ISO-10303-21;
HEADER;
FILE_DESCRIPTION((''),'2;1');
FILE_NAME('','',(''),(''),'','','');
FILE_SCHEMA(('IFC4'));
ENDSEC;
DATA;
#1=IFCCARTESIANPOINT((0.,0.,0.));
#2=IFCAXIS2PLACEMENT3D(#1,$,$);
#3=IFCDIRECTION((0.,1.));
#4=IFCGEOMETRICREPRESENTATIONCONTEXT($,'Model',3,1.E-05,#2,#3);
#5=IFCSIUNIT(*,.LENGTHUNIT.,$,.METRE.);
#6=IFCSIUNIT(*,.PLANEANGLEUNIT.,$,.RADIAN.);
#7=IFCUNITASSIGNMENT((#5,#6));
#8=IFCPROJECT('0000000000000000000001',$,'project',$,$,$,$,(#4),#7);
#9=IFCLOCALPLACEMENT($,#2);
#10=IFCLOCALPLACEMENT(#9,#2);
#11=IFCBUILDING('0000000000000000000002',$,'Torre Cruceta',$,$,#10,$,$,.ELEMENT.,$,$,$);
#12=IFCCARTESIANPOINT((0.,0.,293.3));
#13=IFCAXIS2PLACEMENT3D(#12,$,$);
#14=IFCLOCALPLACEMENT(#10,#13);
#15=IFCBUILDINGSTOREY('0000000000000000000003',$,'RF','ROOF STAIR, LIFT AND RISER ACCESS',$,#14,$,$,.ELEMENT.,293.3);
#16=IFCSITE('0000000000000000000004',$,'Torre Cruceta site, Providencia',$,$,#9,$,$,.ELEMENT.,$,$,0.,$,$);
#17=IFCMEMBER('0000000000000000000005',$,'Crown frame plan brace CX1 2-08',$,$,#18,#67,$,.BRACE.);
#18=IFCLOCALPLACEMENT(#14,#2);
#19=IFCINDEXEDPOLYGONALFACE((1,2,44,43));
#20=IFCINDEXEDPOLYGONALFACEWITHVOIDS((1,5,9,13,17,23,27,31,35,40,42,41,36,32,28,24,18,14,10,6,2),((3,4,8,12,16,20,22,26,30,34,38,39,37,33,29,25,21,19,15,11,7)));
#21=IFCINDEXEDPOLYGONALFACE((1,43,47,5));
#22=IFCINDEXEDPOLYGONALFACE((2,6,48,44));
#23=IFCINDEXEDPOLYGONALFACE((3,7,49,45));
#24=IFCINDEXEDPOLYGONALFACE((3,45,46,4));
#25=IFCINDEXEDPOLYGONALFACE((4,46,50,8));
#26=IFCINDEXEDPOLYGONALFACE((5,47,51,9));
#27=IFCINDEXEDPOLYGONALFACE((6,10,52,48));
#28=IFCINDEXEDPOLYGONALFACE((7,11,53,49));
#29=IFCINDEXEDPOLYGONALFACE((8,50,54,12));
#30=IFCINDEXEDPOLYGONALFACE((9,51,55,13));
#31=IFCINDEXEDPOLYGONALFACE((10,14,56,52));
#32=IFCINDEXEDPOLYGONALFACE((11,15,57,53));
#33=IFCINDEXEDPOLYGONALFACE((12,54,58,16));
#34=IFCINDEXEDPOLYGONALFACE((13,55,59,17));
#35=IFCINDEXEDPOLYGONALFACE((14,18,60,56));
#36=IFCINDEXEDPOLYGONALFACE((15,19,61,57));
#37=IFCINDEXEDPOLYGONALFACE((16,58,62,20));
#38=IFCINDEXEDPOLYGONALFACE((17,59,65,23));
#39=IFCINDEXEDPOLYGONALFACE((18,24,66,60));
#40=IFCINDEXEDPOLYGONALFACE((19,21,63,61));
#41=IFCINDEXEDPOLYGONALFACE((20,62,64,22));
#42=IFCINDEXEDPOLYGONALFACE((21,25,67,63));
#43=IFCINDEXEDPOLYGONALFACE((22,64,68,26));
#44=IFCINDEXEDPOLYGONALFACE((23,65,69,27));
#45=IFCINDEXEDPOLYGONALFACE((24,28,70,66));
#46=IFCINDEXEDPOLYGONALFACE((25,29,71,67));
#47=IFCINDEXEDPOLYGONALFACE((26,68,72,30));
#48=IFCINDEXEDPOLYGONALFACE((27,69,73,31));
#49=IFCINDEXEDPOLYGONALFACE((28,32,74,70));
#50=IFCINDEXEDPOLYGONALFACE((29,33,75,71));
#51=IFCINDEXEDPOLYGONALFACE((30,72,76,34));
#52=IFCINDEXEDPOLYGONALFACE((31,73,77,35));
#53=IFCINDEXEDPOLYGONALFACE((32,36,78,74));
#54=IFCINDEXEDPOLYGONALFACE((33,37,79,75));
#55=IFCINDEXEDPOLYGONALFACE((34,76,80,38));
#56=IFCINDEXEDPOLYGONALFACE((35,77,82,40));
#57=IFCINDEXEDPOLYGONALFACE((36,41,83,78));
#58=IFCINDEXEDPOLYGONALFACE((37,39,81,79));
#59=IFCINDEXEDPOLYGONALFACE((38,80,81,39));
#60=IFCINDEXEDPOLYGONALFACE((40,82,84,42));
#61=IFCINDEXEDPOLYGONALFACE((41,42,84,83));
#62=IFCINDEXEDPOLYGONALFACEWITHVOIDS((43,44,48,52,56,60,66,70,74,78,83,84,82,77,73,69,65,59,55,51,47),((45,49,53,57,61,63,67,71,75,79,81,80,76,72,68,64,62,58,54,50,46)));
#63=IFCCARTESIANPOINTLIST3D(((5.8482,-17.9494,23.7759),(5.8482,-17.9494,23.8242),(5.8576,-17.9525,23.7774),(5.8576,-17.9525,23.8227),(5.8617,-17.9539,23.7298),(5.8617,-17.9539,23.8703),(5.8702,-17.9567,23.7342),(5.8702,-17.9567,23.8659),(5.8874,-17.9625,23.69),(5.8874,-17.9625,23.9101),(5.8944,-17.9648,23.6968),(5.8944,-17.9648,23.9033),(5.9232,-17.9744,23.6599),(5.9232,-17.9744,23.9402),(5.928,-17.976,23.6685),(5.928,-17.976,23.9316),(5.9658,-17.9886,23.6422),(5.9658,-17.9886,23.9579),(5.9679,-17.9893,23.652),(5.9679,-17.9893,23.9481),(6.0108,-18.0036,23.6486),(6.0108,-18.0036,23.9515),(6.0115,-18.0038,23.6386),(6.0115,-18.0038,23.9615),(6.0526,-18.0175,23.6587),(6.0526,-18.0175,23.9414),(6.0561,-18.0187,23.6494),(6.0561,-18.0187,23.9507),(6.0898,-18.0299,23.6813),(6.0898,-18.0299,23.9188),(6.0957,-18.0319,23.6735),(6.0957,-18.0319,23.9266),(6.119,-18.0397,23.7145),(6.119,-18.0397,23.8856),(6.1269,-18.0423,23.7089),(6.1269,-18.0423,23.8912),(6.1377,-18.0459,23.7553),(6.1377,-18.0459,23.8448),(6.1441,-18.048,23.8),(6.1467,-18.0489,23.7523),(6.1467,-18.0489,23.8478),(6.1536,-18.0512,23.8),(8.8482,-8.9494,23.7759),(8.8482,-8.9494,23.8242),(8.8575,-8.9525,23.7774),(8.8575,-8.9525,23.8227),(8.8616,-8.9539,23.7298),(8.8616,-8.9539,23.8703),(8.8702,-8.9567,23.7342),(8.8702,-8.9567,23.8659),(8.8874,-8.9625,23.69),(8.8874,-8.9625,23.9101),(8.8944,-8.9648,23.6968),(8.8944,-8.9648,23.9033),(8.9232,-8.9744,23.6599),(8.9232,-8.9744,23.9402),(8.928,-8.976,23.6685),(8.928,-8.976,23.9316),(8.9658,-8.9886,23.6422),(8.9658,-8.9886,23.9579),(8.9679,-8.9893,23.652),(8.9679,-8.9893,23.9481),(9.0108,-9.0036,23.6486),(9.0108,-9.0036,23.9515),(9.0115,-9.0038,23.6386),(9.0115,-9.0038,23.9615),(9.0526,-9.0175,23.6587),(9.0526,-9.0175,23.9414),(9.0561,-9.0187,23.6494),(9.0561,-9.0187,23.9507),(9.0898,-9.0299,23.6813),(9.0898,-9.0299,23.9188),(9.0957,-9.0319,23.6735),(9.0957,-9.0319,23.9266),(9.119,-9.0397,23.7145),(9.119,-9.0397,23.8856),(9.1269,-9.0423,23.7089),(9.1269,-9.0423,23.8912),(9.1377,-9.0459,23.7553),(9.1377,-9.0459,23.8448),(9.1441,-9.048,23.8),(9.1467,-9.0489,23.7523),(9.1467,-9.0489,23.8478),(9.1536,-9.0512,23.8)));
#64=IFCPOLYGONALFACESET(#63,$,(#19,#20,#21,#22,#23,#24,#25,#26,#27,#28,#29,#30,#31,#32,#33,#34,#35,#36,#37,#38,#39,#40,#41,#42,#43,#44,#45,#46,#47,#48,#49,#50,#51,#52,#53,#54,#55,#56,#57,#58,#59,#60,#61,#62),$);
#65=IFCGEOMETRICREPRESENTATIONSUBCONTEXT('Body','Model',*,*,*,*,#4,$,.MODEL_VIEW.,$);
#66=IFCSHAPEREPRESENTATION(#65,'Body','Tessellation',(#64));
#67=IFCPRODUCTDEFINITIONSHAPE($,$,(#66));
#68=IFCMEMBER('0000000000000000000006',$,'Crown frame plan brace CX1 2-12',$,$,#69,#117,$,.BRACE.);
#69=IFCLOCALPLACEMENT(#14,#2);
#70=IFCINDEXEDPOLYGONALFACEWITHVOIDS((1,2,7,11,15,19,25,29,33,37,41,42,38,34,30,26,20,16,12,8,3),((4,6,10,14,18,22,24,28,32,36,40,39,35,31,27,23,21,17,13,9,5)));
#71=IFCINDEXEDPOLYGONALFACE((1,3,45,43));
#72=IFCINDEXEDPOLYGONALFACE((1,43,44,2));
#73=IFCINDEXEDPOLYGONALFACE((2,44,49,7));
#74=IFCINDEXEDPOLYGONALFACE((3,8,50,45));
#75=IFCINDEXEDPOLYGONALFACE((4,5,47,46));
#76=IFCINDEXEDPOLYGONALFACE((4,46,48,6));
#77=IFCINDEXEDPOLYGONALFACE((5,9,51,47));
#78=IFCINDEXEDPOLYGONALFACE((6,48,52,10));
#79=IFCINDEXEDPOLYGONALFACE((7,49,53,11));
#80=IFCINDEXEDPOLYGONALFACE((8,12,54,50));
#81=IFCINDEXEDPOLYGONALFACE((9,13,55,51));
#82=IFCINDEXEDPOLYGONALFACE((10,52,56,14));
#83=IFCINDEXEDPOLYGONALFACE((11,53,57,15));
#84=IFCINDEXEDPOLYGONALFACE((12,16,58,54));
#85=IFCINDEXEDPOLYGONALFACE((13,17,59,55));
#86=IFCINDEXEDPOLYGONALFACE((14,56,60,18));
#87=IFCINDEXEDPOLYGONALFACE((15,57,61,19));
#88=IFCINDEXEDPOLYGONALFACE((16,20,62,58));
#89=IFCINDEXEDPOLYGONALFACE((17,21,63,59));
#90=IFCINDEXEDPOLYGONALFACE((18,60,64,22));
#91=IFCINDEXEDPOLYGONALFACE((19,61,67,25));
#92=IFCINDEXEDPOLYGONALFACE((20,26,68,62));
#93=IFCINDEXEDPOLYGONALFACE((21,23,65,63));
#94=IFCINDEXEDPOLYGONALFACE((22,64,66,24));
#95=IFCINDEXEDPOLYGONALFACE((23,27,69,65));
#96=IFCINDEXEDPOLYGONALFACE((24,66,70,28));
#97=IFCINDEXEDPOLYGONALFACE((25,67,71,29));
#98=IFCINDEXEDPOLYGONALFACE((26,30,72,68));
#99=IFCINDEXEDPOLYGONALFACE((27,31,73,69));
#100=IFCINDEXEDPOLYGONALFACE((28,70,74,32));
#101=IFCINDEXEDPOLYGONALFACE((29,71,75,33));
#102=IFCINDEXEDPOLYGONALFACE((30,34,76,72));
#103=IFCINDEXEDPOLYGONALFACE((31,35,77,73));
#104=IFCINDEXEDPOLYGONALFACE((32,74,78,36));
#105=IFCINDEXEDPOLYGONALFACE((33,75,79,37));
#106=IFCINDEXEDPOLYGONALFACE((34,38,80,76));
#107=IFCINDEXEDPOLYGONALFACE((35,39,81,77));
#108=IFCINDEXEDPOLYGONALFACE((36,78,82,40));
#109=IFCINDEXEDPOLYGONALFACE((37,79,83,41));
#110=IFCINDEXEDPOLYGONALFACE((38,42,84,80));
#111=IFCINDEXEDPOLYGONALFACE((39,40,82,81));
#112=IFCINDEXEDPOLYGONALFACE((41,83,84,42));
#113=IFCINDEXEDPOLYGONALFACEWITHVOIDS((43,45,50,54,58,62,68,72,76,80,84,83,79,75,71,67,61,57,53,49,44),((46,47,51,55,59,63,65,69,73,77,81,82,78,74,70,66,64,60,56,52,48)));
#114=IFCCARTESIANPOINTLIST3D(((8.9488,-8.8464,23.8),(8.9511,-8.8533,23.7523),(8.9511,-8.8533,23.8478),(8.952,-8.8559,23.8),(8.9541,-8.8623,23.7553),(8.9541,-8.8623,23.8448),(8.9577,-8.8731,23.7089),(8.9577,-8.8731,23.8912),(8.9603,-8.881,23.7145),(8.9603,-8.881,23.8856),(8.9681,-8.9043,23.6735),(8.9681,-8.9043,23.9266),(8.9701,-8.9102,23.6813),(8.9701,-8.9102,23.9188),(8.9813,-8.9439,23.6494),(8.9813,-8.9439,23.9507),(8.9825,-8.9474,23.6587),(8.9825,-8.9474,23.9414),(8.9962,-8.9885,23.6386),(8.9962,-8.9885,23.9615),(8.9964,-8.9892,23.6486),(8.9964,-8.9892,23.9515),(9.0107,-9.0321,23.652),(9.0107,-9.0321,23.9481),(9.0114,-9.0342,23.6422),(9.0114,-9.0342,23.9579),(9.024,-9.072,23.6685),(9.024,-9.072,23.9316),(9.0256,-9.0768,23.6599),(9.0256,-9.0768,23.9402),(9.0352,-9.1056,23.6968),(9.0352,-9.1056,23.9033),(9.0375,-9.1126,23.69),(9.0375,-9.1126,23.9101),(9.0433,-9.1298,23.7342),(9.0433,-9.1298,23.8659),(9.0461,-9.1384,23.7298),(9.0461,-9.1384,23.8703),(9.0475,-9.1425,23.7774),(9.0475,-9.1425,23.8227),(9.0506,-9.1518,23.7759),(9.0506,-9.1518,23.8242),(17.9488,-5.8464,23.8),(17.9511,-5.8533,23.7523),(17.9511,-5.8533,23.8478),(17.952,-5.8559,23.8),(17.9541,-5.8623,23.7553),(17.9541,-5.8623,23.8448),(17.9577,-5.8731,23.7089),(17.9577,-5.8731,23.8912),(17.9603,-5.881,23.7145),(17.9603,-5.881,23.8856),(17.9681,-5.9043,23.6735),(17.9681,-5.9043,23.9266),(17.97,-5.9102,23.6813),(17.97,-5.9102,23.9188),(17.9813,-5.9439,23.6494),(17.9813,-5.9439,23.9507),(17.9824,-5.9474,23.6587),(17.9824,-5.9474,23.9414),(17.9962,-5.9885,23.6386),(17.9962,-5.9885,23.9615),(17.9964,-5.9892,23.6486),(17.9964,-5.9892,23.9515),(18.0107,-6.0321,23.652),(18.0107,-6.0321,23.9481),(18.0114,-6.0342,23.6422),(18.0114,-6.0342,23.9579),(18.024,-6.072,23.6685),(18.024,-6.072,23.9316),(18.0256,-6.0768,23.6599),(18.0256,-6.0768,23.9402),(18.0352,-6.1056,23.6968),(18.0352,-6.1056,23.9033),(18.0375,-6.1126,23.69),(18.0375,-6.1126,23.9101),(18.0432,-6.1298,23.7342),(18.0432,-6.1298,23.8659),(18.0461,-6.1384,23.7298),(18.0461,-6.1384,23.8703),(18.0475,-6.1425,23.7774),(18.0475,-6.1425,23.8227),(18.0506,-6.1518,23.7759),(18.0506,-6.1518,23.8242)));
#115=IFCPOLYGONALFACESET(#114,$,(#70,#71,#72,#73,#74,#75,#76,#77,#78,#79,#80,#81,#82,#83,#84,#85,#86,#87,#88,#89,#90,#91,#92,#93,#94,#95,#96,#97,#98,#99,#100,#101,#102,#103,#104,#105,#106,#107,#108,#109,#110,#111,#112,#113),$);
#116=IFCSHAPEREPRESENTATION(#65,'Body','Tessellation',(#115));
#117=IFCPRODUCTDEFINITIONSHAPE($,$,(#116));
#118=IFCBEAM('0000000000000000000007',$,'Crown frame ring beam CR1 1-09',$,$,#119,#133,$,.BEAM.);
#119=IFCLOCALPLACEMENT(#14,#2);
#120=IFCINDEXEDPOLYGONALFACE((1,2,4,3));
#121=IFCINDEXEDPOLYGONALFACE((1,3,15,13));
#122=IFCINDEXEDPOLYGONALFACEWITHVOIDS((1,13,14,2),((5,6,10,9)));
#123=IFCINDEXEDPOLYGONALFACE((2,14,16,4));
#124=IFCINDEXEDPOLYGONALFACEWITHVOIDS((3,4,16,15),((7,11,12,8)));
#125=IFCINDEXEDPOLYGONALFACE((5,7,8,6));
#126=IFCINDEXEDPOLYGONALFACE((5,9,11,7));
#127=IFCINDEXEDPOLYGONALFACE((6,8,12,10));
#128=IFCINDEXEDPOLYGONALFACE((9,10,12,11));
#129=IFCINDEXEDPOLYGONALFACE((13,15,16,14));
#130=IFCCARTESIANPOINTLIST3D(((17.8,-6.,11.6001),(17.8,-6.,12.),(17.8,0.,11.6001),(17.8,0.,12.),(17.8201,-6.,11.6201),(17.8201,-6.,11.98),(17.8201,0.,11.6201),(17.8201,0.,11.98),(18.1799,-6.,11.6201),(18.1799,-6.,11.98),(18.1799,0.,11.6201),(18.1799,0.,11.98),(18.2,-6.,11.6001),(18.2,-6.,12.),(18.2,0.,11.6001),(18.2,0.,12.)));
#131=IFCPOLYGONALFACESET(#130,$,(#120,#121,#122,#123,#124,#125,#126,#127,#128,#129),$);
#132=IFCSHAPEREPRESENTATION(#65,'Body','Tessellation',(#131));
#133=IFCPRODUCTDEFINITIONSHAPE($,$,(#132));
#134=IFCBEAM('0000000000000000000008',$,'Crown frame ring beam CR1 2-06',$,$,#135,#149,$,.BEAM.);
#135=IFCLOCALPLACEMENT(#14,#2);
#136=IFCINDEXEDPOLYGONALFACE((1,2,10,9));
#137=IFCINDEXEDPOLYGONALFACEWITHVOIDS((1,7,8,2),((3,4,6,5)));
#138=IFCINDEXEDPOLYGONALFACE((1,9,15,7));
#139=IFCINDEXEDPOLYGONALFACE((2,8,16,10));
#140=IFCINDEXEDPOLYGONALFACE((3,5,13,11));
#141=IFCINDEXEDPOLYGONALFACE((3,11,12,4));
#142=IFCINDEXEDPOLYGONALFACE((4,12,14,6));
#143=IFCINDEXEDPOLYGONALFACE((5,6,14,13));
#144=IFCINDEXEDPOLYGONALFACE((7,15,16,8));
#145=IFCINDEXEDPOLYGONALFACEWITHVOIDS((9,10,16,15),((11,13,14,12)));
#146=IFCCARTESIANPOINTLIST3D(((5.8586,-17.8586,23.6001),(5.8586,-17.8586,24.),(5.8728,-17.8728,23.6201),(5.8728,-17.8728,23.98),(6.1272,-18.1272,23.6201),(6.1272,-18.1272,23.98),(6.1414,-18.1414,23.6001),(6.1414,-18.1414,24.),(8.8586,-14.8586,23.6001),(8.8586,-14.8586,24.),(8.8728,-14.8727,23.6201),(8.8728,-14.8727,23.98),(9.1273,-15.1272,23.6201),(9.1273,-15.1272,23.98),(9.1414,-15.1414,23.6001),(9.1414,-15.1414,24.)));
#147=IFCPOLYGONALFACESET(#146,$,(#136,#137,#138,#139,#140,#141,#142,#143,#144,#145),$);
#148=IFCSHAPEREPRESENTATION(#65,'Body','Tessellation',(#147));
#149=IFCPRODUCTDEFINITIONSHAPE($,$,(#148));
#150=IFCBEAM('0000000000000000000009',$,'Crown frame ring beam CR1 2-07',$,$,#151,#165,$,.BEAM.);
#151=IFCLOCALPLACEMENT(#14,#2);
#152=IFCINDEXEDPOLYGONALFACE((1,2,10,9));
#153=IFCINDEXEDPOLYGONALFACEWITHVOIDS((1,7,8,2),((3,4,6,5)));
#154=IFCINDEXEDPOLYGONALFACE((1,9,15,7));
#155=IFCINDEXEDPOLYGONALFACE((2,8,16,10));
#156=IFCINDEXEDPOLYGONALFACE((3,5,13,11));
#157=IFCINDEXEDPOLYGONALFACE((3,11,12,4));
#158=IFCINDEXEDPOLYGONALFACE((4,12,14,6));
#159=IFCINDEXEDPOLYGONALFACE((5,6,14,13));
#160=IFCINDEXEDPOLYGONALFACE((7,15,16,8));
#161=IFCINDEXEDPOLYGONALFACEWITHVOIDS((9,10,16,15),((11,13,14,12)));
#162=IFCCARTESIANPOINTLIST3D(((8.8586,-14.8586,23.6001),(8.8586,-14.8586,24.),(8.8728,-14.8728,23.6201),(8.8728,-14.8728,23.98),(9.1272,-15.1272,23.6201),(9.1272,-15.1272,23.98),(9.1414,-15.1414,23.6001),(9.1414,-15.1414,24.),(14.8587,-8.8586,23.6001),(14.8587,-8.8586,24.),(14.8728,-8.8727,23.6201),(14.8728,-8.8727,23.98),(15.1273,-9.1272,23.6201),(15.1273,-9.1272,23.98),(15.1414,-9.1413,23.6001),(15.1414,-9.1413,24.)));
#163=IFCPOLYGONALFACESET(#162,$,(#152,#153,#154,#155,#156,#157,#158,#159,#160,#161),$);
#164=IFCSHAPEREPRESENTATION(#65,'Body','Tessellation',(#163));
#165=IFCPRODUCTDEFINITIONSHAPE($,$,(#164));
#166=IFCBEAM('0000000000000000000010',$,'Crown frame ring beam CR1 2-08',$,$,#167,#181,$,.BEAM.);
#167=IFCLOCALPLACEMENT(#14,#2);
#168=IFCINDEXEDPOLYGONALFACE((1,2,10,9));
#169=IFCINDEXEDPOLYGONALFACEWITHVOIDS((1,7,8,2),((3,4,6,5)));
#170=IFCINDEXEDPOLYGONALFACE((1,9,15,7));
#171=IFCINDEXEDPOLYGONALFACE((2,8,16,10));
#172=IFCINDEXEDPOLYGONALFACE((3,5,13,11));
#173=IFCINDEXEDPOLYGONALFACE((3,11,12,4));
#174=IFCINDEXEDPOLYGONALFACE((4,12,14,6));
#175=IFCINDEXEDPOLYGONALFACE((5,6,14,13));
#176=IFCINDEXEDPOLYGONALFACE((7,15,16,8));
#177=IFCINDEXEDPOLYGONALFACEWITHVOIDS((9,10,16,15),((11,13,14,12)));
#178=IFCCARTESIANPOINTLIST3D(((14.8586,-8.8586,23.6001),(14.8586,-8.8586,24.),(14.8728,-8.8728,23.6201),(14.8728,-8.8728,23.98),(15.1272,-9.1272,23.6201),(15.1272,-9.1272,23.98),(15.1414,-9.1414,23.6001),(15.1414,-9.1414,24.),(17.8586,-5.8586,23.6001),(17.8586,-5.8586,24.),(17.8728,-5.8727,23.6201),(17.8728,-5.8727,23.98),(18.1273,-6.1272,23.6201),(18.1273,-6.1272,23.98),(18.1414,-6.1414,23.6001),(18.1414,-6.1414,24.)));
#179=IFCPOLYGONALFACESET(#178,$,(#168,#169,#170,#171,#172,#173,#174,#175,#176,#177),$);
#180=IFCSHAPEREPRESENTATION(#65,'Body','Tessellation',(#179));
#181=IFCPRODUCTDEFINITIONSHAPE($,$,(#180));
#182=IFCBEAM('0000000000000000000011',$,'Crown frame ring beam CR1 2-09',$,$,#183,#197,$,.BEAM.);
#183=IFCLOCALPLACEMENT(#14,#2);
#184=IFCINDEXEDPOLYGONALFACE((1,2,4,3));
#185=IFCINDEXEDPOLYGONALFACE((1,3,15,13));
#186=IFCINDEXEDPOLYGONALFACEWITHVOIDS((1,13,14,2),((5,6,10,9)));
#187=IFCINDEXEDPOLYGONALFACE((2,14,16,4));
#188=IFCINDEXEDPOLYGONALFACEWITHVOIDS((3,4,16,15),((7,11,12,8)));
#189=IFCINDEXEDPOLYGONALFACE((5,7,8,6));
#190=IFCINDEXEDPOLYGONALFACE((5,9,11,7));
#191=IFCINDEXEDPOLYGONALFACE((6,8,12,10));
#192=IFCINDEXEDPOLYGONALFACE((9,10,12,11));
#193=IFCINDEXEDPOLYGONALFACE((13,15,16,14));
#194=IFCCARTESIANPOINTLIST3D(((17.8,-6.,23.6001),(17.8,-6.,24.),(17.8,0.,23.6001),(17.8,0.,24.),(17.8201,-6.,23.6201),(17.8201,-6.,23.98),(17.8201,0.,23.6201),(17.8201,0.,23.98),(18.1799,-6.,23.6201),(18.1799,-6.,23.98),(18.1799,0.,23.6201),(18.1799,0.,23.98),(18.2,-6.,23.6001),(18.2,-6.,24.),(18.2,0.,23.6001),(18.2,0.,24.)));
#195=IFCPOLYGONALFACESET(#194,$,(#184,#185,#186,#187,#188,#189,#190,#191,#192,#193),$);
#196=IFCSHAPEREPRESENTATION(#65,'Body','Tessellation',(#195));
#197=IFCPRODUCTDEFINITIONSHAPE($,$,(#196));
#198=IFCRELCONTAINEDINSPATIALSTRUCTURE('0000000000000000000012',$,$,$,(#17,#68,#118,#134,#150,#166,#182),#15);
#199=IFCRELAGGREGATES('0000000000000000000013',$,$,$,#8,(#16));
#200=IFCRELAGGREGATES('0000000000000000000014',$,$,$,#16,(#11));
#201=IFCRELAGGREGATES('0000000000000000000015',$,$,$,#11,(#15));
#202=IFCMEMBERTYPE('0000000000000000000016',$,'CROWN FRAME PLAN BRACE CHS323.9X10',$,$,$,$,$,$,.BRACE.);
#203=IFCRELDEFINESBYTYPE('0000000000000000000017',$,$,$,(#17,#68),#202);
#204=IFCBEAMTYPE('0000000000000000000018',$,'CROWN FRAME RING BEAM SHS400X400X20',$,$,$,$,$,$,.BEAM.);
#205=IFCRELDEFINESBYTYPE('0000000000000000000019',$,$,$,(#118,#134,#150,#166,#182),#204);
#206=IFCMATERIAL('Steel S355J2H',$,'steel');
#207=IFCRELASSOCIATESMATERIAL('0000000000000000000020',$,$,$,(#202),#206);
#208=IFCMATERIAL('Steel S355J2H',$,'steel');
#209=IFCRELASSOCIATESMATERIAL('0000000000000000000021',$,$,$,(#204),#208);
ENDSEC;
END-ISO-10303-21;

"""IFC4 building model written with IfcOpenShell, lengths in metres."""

from ifc_helpers import new_model, si_unit, direction, frame, origin, origin_2d, place, context, subcontext, project, spatial, hollow_rectangle, hollow_circle, extrude, material, material_profile, profile_set, type_object, element, save


model = new_model("IFC4")

# Units and contexts
model_context = context("Model", 3, precision=1e-05, world=origin(), true_north=direction((0.0, 1.0)))
body_context = subcontext(model_context, "Body", "Model", "MODEL_VIEW")
ifc_project = project(units=[si_unit("LENGTHUNIT", "METRE"), si_unit("PLANEANGLEUNIT", "RADIAN")], contexts=[model_context])

# Site, building, storey
site_placement = place(None, origin())
site = spatial("IfcSite", under=ifc_project, at=site_placement, Name="Torre Cruceta site, Providencia", CompositionType="ELEMENT", RefElevation=0.0)
building_placement = place(site_placement, origin())
building = spatial("IfcBuilding", under=site, at=building_placement, Name="Torre Cruceta", CompositionType="ELEMENT")
storey_placement = place(building_placement, frame((0.0, 0.0, 293.3)))
storey = spatial("IfcBuildingStorey", under=building, at=storey_placement, Name="RF", Description="ROOF STAIR, LIFT AND RISER ACCESS", CompositionType="ELEMENT", Elevation=293.3)

# Members
ifc_material_1 = material(Name="Steel S355J2H", Category="steel")
ifc_material_profile_1 = material_profile(ifc_material_1, hollow_circle(Radius=0.1619, WallThickness=0.01, at=origin_2d()), Name="CHS323.9X10")
ifc_profile_set_1 = profile_set([ifc_material_profile_1], Name="Steel S355J2H")
member_type_1 = type_object("IfcMemberType", Name="CROWN FRAME PLAN BRACE CHS323.9X10", PredefinedType="BRACE", material=ifc_profile_set_1)
for number, where, z_axis, x_axis, name in (
    (1, (9.0, -9.0, 23.8), (-0.316228, -0.948683, 0.0), (0.948683, -0.316228, 0.0), "Crown frame plan brace CX1 2-08"),
    (2, (9.0, -9.0, 23.8), (0.948683, 0.316228, 0.0), (-0.316228, 0.948683, 0.0), "Crown frame plan brace CX1 2-12"),
):
    element("IfcMember", number, at=place(storey_placement, frame(where, z_axis=z_axis, x_axis=x_axis)), inside=storey, type_object=member_type_1, Name=name, PredefinedType="BRACE", context=body_context, shape_type="SweptSolid", body=[
        extrude(hollow_circle(Radius=0.1619, WallThickness=0.01, at=origin_2d()), origin(), (0.0, 0.0, 1.0), 9.4868),
    ])

# Beams
ifc_material_2 = material(Name="Steel S355J2H", Category="steel")
ifc_material_profile_2 = material_profile(ifc_material_2, hollow_rectangle(XDim=0.3999, YDim=0.3999, WallThickness=0.02, at=origin_2d()), Name="SHS400X400X20")
ifc_profile_set_2 = profile_set([ifc_material_profile_2], Name="Steel S355J2H")
beam_type_1 = type_object("IfcBeamType", Name="CROWN FRAME RING BEAM SHS400X400X20", PredefinedType="BEAM", material=ifc_profile_set_2)
beam_1_placement = place(storey_placement, frame((18.0, -6.0, 11.8), z_axis=(0.0, 1.0, 0.0), x_axis=(-1.0, 0.0, 0.0)))
element("IfcBeam", 3, at=beam_1_placement, inside=storey, type_object=beam_type_1, Name="Crown frame ring beam CR1 1-09", PredefinedType="BEAM", context=body_context, shape_type="SweptSolid", body=[
    extrude(hollow_rectangle(XDim=0.3999, YDim=0.3999, WallThickness=0.02, at=origin_2d()), origin(), (0.0, 0.0, 1.0), 6.0),
])
beam_2_placement = place(storey_placement, frame((6.0, -18.0, 23.8), z_axis=(0.707107, 0.707107, 0.0), x_axis=(-0.707107, 0.707107, 0.0)))
element("IfcBeam", 4, at=beam_2_placement, inside=storey, type_object=beam_type_1, Name="Crown frame ring beam CR1 2-06", PredefinedType="BEAM", context=body_context, shape_type="SweptSolid", body=[
    extrude(hollow_rectangle(XDim=0.3999, YDim=0.3999, WallThickness=0.02, at=origin_2d()), origin(), (0.0, 0.0, 1.0), 4.2427),
])
beam_3_placement = place(storey_placement, frame((9.0, -15.0, 23.8), z_axis=(0.707107, 0.707107, 0.0), x_axis=(-0.707107, 0.707107, 0.0)))
element("IfcBeam", 5, at=beam_3_placement, inside=storey, type_object=beam_type_1, Name="Crown frame ring beam CR1 2-07", PredefinedType="BEAM", context=body_context, shape_type="SweptSolid", body=[
    extrude(hollow_rectangle(XDim=0.3999, YDim=0.3999, WallThickness=0.02, at=origin_2d()), origin(), (0.0, 0.0, 1.0), 8.4854),
])
beam_4_placement = place(storey_placement, frame((15.0, -9.0, 23.8), z_axis=(0.707107, 0.707107, 0.0), x_axis=(-0.707107, 0.707107, 0.0)))
element("IfcBeam", 6, at=beam_4_placement, inside=storey, type_object=beam_type_1, Name="Crown frame ring beam CR1 2-08", PredefinedType="BEAM", context=body_context, shape_type="SweptSolid", body=[
    extrude(hollow_rectangle(XDim=0.3999, YDim=0.3999, WallThickness=0.02, at=origin_2d()), origin(), (0.0, 0.0, 1.0), 4.2427),
])
beam_5_placement = place(storey_placement, frame((18.0, -6.0, 23.8), z_axis=(0.0, 1.0, 0.0), x_axis=(-1.0, 0.0, 0.0)))
element("IfcBeam", 7, at=beam_5_placement, inside=storey, type_object=beam_type_1, Name="Crown frame ring beam CR1 2-09", PredefinedType="BEAM", context=body_context, shape_type="SweptSolid", body=[
    extrude(hollow_rectangle(XDim=0.3999, YDim=0.3999, WallThickness=0.02, at=origin_2d()), origin(), (0.0, 0.0, 1.0), 6.0),
])

save(model, "model.ifc")
